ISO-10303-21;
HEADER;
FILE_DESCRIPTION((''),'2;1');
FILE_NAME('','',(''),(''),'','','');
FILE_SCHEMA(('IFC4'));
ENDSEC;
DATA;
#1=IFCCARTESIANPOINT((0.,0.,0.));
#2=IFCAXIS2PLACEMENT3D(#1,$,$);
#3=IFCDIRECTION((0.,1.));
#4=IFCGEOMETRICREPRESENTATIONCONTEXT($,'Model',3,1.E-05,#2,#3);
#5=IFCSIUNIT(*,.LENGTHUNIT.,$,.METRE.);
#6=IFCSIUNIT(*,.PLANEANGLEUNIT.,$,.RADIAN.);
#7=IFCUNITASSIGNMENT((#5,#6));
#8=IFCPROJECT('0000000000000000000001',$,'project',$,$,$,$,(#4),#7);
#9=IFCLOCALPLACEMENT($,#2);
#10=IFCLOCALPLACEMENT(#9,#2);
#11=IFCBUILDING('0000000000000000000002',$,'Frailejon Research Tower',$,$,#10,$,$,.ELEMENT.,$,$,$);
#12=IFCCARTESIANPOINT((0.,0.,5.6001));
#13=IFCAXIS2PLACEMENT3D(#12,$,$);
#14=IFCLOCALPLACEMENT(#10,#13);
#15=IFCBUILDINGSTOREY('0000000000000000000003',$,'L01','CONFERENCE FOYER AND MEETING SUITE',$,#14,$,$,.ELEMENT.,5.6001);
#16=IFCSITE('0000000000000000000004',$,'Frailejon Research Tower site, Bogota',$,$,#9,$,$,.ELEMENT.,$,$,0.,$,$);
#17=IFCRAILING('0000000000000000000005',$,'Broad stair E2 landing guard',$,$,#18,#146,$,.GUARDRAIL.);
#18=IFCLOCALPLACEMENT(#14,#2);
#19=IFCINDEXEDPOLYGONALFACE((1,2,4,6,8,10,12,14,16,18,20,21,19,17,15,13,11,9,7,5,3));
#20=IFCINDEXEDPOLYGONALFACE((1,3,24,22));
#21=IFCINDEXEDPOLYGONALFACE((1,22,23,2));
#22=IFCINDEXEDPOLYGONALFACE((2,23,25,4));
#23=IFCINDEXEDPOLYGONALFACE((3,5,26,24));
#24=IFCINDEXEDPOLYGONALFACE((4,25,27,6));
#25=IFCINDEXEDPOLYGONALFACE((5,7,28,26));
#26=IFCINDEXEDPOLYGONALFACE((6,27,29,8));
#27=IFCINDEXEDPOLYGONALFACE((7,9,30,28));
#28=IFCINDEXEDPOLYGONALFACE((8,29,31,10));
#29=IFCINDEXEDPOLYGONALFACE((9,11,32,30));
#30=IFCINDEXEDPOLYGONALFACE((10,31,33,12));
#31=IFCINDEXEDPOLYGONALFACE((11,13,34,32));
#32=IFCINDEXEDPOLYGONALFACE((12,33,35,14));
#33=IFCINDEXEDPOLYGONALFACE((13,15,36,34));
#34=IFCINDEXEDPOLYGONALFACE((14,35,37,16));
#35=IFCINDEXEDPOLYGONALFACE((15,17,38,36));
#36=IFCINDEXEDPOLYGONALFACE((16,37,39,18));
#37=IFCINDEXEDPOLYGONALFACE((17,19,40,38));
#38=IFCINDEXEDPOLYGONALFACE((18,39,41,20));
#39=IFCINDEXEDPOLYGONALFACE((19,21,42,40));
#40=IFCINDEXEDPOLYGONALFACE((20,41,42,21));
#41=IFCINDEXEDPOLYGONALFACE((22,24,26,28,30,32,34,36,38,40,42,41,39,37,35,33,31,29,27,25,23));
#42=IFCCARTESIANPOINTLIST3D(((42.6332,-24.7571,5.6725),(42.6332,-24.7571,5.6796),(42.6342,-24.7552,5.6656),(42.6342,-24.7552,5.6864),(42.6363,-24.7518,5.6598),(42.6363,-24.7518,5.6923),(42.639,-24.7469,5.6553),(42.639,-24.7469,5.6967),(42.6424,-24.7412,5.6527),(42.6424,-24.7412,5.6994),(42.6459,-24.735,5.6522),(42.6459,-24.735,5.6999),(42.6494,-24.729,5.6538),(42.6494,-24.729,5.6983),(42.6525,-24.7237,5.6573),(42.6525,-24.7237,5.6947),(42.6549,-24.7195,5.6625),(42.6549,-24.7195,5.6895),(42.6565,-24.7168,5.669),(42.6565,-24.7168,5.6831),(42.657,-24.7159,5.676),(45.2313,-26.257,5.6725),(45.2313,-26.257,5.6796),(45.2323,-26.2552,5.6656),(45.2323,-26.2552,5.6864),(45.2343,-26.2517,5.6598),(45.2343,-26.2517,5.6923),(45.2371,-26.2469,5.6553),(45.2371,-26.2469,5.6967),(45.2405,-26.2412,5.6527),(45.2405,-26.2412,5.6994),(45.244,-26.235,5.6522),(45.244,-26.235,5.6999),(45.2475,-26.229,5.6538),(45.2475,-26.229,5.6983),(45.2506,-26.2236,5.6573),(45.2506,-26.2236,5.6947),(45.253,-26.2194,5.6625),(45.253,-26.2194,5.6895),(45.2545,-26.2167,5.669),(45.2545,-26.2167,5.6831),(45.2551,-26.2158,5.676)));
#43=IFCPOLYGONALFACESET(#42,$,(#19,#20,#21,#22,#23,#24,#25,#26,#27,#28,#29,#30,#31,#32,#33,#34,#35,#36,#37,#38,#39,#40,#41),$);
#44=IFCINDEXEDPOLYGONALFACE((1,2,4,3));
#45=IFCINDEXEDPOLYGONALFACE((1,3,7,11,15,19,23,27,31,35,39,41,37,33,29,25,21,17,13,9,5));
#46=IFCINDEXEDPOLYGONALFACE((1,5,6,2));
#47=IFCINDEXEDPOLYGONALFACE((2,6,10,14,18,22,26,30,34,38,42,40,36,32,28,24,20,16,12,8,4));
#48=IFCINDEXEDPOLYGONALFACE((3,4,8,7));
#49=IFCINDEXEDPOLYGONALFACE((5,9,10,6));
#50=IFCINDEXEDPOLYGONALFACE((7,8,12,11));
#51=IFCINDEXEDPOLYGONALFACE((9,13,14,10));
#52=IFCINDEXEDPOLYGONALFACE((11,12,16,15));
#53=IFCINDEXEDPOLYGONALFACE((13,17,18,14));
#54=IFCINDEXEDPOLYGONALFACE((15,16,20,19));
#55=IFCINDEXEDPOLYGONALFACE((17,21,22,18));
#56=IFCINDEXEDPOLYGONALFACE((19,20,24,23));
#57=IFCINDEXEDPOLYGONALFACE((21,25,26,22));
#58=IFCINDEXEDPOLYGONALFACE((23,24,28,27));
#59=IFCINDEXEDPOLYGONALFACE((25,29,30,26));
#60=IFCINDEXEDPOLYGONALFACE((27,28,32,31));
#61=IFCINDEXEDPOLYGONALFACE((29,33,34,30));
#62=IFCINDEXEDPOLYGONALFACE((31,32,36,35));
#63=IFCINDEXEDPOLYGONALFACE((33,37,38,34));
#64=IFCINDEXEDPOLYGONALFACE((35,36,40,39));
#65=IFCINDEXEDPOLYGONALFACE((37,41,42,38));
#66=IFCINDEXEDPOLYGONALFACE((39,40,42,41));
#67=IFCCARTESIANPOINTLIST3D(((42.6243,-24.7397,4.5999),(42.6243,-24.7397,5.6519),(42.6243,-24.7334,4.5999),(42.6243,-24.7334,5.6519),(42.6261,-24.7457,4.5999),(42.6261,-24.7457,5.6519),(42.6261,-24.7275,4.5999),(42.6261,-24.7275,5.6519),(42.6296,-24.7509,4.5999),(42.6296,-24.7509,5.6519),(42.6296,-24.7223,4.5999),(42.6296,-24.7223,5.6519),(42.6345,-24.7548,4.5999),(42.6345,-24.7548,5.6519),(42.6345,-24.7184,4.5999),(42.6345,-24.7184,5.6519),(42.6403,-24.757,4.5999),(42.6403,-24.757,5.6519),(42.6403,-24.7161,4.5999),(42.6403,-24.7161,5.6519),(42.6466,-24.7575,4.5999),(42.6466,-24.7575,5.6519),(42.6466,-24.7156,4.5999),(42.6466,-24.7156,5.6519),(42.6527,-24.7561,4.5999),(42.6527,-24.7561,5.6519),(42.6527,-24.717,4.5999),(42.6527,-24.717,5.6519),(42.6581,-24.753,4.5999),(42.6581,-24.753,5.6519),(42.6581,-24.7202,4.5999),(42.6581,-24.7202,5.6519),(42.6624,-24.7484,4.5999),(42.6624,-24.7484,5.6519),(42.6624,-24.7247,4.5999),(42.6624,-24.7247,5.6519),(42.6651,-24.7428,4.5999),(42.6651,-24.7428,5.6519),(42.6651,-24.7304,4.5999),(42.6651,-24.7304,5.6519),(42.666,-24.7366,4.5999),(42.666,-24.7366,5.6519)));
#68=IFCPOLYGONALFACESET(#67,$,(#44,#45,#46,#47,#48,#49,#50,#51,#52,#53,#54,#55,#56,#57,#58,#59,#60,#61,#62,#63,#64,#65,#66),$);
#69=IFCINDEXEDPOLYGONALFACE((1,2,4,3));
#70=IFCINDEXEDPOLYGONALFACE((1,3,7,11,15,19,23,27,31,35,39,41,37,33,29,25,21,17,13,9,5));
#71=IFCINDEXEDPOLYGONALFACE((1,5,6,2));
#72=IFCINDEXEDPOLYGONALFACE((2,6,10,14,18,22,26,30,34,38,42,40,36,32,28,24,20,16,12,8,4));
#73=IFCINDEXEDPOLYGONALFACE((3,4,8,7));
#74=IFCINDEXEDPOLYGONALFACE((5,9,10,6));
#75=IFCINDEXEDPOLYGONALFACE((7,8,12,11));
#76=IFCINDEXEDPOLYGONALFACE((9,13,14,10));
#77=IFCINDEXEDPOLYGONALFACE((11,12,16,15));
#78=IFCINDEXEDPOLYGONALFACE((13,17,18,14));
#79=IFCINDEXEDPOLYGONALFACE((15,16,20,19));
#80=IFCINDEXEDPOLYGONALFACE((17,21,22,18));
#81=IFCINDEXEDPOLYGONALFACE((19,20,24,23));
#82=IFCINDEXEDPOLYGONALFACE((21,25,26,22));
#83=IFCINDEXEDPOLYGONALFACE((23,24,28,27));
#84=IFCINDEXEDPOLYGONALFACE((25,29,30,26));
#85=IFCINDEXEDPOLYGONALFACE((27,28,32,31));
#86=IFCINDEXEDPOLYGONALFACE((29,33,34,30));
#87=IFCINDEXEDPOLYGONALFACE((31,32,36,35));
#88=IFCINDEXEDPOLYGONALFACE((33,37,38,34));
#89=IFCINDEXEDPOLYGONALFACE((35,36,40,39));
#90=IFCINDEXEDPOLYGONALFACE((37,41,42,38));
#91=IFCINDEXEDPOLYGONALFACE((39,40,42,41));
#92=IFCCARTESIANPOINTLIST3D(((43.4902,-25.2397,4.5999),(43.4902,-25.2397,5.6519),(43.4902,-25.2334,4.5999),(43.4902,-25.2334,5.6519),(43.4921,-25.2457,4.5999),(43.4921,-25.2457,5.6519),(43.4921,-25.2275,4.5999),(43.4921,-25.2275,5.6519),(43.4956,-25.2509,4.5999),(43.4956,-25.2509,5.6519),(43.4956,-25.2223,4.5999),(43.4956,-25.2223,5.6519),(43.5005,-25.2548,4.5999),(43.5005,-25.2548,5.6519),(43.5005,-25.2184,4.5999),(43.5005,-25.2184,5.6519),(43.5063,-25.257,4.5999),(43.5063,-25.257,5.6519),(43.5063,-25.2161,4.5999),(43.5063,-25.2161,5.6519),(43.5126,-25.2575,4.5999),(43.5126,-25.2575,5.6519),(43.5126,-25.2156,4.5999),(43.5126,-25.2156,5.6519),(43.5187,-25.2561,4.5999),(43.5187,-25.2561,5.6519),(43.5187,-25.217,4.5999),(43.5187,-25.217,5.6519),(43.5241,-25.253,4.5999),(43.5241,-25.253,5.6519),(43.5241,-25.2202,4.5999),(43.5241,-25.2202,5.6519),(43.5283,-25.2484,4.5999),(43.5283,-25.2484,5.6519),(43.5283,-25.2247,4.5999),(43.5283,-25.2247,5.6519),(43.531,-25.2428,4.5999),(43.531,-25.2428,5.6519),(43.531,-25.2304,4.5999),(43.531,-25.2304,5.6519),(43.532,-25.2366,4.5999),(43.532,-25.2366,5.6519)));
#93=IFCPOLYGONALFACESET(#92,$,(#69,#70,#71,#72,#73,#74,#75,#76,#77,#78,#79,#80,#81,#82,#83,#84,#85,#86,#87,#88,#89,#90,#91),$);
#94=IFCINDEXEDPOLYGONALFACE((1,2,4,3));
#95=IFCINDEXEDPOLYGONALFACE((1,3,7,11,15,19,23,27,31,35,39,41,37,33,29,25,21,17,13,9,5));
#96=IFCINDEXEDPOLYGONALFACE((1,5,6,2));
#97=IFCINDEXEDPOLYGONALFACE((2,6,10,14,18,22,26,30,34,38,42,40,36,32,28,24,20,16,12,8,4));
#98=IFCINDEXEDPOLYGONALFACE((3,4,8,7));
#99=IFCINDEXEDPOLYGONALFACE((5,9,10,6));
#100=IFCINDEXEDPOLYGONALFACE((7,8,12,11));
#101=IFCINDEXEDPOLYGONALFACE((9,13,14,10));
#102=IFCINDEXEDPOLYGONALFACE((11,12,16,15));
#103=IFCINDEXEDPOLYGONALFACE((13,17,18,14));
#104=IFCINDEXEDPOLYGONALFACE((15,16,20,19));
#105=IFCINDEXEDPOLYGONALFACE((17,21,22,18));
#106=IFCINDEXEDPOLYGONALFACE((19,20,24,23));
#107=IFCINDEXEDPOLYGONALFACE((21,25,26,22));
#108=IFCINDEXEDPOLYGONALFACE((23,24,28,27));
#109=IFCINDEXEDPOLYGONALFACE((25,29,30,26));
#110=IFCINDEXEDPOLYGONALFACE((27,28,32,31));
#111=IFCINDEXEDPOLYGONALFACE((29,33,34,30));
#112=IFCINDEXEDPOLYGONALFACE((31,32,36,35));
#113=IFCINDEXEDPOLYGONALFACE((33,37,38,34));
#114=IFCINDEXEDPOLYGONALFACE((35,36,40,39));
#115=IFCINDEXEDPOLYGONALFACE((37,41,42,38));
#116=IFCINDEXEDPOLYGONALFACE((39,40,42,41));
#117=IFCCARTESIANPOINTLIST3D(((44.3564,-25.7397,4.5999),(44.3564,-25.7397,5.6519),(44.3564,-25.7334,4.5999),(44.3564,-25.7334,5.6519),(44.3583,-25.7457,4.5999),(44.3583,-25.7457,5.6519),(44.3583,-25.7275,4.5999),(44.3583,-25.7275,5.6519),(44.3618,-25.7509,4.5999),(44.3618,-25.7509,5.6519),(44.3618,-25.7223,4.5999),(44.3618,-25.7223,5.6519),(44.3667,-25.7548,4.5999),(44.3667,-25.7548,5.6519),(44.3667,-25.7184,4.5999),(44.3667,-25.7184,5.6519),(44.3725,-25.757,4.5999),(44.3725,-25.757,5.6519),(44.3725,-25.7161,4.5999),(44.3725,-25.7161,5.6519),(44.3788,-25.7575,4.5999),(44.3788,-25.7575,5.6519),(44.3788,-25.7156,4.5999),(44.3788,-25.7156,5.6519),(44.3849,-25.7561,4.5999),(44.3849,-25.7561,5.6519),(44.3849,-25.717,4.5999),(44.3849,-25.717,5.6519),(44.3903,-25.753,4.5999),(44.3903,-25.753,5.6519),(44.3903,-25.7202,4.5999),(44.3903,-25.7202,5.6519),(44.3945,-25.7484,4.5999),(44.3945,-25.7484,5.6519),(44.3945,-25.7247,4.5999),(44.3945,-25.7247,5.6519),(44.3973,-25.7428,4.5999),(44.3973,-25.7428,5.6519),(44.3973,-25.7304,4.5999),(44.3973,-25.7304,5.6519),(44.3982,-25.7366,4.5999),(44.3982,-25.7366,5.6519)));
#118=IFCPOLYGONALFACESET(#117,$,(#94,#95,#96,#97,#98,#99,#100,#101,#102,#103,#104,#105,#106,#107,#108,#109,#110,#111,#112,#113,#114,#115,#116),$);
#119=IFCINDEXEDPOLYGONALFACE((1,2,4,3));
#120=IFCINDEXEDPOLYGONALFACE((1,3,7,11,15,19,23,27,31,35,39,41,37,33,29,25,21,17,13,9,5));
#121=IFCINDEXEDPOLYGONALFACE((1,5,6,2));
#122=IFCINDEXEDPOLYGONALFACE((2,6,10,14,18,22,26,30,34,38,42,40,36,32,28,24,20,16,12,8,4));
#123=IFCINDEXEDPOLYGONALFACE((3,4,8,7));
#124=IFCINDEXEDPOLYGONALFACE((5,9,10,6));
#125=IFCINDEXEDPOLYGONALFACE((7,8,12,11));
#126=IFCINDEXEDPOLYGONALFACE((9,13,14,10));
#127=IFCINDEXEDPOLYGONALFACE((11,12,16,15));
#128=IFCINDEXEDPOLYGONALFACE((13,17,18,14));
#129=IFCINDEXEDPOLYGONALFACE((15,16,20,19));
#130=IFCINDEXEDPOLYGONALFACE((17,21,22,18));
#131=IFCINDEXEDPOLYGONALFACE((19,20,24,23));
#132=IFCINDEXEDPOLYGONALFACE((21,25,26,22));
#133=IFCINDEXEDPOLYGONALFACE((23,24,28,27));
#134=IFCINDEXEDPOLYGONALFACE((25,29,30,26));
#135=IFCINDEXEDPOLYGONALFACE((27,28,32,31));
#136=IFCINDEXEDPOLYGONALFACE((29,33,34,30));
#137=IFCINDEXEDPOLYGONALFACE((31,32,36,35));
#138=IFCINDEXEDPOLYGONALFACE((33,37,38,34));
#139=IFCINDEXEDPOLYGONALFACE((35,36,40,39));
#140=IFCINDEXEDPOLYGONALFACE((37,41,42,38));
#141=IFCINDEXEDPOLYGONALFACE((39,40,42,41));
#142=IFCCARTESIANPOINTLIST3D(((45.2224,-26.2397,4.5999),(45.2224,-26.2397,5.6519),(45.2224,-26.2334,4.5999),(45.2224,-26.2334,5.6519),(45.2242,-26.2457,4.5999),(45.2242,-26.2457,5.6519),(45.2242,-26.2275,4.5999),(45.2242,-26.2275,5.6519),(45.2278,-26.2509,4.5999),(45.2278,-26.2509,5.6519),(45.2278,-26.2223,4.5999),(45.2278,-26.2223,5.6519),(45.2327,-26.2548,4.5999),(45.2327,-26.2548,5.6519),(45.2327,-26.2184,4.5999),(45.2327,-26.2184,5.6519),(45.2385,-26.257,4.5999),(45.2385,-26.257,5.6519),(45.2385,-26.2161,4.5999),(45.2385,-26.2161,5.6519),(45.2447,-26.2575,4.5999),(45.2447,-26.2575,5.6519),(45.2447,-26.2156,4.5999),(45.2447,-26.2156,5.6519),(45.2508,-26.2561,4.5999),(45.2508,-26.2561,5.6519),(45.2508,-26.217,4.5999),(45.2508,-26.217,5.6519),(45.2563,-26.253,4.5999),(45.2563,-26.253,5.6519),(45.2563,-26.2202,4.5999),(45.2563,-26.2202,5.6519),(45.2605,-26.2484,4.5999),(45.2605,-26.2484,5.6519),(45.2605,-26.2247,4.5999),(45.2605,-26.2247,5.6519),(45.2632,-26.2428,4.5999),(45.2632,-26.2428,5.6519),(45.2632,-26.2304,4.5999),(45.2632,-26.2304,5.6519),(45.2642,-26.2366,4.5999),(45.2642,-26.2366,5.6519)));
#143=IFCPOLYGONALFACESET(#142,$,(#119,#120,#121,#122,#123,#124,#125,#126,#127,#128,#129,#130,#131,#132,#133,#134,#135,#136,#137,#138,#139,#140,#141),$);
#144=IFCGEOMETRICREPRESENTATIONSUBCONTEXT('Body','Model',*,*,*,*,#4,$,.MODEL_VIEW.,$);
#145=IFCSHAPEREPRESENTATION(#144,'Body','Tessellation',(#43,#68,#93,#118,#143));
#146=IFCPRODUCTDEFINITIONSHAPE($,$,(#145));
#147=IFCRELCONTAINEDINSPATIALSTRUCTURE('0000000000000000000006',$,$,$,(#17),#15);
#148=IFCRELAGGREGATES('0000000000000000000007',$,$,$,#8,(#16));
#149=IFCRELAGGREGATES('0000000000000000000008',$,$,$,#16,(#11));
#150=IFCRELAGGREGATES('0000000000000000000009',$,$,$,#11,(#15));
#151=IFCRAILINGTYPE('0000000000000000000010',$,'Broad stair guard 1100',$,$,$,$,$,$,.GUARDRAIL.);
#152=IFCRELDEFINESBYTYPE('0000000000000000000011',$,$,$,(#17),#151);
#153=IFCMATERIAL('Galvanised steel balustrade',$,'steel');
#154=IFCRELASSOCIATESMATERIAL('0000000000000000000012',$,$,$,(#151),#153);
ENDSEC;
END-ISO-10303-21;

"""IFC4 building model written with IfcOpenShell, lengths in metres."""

from ifc_helpers import new_model, si_unit, direction, frame, origin, origin_2d, place, context, subcontext, project, spatial, circle, extrude, material, type_object, element, save


model = new_model("IFC4")

# Units and contexts
model_context = context("Model", 3, precision=1e-05, world=origin(), true_north=direction((0.0, 1.0)))
body_context = subcontext(model_context, "Body", "Model", "MODEL_VIEW")
ifc_project = project(units=[si_unit("LENGTHUNIT", "METRE"), si_unit("PLANEANGLEUNIT", "RADIAN")], contexts=[model_context])

# Site, building, storey
site_placement = place(None, origin())
site = spatial("IfcSite", under=ifc_project, at=site_placement, Name="Frailejon Research Tower site, Bogota", CompositionType="ELEMENT", RefElevation=0.0)
building_placement = place(site_placement, origin())
building = spatial("IfcBuilding", under=site, at=building_placement, Name="Frailejon Research Tower", CompositionType="ELEMENT")
storey_placement = place(building_placement, frame((0.0, 0.0, 5.6001)))
storey = spatial("IfcBuildingStorey", under=building, at=storey_placement, Name="L01", Description="CONFERENCE FOYER AND MEETING SUITE", CompositionType="ELEMENT", Elevation=5.6001)

# Railing
ifc_material_1 = material(Name="Galvanised steel balustrade", Category="steel")
railing_type_1 = type_object("IfcRailingType", Name="Broad stair guard 1100", PredefinedType="GUARDRAIL", material=ifc_material_1)
railing_1_placement = place(storey_placement, frame((42.645, -24.7366, 4.5999)))
element("IfcRailing", 1, at=railing_1_placement, inside=storey, type_object=railing_type_1, Name="Broad stair E2 landing guard", PredefinedType="GUARDRAIL", context=body_context, shape_type="SweptSolid", body=[
    extrude(circle(Radius=0.0239, at=origin_2d()), frame((0.0, 0.0, 1.0762), z_axis=(0.866031, -0.49999, 0.0), x_axis=(0.49999, 0.866031, 0.0)), (0.0, 0.0, 1.0), 3.0),
    extrude(circle(Radius=0.021, at=origin_2d()), origin(), (0.0, 0.0, 1.0), 1.052),
    extrude(circle(Radius=0.021, at=origin_2d()), frame((0.866, -0.5, 0.0)), (0.0, 0.0, 1.0), 1.052),
    extrude(circle(Radius=0.021, at=origin_2d()), frame((1.7322, -1.0, 0.0)), (0.0, 0.0, 1.0), 1.052),
    extrude(circle(Radius=0.021, at=origin_2d()), frame((2.5981, -1.5, 0.0)), (0.0, 0.0, 1.0), 1.052),
])

save(model, "model.ifc")
